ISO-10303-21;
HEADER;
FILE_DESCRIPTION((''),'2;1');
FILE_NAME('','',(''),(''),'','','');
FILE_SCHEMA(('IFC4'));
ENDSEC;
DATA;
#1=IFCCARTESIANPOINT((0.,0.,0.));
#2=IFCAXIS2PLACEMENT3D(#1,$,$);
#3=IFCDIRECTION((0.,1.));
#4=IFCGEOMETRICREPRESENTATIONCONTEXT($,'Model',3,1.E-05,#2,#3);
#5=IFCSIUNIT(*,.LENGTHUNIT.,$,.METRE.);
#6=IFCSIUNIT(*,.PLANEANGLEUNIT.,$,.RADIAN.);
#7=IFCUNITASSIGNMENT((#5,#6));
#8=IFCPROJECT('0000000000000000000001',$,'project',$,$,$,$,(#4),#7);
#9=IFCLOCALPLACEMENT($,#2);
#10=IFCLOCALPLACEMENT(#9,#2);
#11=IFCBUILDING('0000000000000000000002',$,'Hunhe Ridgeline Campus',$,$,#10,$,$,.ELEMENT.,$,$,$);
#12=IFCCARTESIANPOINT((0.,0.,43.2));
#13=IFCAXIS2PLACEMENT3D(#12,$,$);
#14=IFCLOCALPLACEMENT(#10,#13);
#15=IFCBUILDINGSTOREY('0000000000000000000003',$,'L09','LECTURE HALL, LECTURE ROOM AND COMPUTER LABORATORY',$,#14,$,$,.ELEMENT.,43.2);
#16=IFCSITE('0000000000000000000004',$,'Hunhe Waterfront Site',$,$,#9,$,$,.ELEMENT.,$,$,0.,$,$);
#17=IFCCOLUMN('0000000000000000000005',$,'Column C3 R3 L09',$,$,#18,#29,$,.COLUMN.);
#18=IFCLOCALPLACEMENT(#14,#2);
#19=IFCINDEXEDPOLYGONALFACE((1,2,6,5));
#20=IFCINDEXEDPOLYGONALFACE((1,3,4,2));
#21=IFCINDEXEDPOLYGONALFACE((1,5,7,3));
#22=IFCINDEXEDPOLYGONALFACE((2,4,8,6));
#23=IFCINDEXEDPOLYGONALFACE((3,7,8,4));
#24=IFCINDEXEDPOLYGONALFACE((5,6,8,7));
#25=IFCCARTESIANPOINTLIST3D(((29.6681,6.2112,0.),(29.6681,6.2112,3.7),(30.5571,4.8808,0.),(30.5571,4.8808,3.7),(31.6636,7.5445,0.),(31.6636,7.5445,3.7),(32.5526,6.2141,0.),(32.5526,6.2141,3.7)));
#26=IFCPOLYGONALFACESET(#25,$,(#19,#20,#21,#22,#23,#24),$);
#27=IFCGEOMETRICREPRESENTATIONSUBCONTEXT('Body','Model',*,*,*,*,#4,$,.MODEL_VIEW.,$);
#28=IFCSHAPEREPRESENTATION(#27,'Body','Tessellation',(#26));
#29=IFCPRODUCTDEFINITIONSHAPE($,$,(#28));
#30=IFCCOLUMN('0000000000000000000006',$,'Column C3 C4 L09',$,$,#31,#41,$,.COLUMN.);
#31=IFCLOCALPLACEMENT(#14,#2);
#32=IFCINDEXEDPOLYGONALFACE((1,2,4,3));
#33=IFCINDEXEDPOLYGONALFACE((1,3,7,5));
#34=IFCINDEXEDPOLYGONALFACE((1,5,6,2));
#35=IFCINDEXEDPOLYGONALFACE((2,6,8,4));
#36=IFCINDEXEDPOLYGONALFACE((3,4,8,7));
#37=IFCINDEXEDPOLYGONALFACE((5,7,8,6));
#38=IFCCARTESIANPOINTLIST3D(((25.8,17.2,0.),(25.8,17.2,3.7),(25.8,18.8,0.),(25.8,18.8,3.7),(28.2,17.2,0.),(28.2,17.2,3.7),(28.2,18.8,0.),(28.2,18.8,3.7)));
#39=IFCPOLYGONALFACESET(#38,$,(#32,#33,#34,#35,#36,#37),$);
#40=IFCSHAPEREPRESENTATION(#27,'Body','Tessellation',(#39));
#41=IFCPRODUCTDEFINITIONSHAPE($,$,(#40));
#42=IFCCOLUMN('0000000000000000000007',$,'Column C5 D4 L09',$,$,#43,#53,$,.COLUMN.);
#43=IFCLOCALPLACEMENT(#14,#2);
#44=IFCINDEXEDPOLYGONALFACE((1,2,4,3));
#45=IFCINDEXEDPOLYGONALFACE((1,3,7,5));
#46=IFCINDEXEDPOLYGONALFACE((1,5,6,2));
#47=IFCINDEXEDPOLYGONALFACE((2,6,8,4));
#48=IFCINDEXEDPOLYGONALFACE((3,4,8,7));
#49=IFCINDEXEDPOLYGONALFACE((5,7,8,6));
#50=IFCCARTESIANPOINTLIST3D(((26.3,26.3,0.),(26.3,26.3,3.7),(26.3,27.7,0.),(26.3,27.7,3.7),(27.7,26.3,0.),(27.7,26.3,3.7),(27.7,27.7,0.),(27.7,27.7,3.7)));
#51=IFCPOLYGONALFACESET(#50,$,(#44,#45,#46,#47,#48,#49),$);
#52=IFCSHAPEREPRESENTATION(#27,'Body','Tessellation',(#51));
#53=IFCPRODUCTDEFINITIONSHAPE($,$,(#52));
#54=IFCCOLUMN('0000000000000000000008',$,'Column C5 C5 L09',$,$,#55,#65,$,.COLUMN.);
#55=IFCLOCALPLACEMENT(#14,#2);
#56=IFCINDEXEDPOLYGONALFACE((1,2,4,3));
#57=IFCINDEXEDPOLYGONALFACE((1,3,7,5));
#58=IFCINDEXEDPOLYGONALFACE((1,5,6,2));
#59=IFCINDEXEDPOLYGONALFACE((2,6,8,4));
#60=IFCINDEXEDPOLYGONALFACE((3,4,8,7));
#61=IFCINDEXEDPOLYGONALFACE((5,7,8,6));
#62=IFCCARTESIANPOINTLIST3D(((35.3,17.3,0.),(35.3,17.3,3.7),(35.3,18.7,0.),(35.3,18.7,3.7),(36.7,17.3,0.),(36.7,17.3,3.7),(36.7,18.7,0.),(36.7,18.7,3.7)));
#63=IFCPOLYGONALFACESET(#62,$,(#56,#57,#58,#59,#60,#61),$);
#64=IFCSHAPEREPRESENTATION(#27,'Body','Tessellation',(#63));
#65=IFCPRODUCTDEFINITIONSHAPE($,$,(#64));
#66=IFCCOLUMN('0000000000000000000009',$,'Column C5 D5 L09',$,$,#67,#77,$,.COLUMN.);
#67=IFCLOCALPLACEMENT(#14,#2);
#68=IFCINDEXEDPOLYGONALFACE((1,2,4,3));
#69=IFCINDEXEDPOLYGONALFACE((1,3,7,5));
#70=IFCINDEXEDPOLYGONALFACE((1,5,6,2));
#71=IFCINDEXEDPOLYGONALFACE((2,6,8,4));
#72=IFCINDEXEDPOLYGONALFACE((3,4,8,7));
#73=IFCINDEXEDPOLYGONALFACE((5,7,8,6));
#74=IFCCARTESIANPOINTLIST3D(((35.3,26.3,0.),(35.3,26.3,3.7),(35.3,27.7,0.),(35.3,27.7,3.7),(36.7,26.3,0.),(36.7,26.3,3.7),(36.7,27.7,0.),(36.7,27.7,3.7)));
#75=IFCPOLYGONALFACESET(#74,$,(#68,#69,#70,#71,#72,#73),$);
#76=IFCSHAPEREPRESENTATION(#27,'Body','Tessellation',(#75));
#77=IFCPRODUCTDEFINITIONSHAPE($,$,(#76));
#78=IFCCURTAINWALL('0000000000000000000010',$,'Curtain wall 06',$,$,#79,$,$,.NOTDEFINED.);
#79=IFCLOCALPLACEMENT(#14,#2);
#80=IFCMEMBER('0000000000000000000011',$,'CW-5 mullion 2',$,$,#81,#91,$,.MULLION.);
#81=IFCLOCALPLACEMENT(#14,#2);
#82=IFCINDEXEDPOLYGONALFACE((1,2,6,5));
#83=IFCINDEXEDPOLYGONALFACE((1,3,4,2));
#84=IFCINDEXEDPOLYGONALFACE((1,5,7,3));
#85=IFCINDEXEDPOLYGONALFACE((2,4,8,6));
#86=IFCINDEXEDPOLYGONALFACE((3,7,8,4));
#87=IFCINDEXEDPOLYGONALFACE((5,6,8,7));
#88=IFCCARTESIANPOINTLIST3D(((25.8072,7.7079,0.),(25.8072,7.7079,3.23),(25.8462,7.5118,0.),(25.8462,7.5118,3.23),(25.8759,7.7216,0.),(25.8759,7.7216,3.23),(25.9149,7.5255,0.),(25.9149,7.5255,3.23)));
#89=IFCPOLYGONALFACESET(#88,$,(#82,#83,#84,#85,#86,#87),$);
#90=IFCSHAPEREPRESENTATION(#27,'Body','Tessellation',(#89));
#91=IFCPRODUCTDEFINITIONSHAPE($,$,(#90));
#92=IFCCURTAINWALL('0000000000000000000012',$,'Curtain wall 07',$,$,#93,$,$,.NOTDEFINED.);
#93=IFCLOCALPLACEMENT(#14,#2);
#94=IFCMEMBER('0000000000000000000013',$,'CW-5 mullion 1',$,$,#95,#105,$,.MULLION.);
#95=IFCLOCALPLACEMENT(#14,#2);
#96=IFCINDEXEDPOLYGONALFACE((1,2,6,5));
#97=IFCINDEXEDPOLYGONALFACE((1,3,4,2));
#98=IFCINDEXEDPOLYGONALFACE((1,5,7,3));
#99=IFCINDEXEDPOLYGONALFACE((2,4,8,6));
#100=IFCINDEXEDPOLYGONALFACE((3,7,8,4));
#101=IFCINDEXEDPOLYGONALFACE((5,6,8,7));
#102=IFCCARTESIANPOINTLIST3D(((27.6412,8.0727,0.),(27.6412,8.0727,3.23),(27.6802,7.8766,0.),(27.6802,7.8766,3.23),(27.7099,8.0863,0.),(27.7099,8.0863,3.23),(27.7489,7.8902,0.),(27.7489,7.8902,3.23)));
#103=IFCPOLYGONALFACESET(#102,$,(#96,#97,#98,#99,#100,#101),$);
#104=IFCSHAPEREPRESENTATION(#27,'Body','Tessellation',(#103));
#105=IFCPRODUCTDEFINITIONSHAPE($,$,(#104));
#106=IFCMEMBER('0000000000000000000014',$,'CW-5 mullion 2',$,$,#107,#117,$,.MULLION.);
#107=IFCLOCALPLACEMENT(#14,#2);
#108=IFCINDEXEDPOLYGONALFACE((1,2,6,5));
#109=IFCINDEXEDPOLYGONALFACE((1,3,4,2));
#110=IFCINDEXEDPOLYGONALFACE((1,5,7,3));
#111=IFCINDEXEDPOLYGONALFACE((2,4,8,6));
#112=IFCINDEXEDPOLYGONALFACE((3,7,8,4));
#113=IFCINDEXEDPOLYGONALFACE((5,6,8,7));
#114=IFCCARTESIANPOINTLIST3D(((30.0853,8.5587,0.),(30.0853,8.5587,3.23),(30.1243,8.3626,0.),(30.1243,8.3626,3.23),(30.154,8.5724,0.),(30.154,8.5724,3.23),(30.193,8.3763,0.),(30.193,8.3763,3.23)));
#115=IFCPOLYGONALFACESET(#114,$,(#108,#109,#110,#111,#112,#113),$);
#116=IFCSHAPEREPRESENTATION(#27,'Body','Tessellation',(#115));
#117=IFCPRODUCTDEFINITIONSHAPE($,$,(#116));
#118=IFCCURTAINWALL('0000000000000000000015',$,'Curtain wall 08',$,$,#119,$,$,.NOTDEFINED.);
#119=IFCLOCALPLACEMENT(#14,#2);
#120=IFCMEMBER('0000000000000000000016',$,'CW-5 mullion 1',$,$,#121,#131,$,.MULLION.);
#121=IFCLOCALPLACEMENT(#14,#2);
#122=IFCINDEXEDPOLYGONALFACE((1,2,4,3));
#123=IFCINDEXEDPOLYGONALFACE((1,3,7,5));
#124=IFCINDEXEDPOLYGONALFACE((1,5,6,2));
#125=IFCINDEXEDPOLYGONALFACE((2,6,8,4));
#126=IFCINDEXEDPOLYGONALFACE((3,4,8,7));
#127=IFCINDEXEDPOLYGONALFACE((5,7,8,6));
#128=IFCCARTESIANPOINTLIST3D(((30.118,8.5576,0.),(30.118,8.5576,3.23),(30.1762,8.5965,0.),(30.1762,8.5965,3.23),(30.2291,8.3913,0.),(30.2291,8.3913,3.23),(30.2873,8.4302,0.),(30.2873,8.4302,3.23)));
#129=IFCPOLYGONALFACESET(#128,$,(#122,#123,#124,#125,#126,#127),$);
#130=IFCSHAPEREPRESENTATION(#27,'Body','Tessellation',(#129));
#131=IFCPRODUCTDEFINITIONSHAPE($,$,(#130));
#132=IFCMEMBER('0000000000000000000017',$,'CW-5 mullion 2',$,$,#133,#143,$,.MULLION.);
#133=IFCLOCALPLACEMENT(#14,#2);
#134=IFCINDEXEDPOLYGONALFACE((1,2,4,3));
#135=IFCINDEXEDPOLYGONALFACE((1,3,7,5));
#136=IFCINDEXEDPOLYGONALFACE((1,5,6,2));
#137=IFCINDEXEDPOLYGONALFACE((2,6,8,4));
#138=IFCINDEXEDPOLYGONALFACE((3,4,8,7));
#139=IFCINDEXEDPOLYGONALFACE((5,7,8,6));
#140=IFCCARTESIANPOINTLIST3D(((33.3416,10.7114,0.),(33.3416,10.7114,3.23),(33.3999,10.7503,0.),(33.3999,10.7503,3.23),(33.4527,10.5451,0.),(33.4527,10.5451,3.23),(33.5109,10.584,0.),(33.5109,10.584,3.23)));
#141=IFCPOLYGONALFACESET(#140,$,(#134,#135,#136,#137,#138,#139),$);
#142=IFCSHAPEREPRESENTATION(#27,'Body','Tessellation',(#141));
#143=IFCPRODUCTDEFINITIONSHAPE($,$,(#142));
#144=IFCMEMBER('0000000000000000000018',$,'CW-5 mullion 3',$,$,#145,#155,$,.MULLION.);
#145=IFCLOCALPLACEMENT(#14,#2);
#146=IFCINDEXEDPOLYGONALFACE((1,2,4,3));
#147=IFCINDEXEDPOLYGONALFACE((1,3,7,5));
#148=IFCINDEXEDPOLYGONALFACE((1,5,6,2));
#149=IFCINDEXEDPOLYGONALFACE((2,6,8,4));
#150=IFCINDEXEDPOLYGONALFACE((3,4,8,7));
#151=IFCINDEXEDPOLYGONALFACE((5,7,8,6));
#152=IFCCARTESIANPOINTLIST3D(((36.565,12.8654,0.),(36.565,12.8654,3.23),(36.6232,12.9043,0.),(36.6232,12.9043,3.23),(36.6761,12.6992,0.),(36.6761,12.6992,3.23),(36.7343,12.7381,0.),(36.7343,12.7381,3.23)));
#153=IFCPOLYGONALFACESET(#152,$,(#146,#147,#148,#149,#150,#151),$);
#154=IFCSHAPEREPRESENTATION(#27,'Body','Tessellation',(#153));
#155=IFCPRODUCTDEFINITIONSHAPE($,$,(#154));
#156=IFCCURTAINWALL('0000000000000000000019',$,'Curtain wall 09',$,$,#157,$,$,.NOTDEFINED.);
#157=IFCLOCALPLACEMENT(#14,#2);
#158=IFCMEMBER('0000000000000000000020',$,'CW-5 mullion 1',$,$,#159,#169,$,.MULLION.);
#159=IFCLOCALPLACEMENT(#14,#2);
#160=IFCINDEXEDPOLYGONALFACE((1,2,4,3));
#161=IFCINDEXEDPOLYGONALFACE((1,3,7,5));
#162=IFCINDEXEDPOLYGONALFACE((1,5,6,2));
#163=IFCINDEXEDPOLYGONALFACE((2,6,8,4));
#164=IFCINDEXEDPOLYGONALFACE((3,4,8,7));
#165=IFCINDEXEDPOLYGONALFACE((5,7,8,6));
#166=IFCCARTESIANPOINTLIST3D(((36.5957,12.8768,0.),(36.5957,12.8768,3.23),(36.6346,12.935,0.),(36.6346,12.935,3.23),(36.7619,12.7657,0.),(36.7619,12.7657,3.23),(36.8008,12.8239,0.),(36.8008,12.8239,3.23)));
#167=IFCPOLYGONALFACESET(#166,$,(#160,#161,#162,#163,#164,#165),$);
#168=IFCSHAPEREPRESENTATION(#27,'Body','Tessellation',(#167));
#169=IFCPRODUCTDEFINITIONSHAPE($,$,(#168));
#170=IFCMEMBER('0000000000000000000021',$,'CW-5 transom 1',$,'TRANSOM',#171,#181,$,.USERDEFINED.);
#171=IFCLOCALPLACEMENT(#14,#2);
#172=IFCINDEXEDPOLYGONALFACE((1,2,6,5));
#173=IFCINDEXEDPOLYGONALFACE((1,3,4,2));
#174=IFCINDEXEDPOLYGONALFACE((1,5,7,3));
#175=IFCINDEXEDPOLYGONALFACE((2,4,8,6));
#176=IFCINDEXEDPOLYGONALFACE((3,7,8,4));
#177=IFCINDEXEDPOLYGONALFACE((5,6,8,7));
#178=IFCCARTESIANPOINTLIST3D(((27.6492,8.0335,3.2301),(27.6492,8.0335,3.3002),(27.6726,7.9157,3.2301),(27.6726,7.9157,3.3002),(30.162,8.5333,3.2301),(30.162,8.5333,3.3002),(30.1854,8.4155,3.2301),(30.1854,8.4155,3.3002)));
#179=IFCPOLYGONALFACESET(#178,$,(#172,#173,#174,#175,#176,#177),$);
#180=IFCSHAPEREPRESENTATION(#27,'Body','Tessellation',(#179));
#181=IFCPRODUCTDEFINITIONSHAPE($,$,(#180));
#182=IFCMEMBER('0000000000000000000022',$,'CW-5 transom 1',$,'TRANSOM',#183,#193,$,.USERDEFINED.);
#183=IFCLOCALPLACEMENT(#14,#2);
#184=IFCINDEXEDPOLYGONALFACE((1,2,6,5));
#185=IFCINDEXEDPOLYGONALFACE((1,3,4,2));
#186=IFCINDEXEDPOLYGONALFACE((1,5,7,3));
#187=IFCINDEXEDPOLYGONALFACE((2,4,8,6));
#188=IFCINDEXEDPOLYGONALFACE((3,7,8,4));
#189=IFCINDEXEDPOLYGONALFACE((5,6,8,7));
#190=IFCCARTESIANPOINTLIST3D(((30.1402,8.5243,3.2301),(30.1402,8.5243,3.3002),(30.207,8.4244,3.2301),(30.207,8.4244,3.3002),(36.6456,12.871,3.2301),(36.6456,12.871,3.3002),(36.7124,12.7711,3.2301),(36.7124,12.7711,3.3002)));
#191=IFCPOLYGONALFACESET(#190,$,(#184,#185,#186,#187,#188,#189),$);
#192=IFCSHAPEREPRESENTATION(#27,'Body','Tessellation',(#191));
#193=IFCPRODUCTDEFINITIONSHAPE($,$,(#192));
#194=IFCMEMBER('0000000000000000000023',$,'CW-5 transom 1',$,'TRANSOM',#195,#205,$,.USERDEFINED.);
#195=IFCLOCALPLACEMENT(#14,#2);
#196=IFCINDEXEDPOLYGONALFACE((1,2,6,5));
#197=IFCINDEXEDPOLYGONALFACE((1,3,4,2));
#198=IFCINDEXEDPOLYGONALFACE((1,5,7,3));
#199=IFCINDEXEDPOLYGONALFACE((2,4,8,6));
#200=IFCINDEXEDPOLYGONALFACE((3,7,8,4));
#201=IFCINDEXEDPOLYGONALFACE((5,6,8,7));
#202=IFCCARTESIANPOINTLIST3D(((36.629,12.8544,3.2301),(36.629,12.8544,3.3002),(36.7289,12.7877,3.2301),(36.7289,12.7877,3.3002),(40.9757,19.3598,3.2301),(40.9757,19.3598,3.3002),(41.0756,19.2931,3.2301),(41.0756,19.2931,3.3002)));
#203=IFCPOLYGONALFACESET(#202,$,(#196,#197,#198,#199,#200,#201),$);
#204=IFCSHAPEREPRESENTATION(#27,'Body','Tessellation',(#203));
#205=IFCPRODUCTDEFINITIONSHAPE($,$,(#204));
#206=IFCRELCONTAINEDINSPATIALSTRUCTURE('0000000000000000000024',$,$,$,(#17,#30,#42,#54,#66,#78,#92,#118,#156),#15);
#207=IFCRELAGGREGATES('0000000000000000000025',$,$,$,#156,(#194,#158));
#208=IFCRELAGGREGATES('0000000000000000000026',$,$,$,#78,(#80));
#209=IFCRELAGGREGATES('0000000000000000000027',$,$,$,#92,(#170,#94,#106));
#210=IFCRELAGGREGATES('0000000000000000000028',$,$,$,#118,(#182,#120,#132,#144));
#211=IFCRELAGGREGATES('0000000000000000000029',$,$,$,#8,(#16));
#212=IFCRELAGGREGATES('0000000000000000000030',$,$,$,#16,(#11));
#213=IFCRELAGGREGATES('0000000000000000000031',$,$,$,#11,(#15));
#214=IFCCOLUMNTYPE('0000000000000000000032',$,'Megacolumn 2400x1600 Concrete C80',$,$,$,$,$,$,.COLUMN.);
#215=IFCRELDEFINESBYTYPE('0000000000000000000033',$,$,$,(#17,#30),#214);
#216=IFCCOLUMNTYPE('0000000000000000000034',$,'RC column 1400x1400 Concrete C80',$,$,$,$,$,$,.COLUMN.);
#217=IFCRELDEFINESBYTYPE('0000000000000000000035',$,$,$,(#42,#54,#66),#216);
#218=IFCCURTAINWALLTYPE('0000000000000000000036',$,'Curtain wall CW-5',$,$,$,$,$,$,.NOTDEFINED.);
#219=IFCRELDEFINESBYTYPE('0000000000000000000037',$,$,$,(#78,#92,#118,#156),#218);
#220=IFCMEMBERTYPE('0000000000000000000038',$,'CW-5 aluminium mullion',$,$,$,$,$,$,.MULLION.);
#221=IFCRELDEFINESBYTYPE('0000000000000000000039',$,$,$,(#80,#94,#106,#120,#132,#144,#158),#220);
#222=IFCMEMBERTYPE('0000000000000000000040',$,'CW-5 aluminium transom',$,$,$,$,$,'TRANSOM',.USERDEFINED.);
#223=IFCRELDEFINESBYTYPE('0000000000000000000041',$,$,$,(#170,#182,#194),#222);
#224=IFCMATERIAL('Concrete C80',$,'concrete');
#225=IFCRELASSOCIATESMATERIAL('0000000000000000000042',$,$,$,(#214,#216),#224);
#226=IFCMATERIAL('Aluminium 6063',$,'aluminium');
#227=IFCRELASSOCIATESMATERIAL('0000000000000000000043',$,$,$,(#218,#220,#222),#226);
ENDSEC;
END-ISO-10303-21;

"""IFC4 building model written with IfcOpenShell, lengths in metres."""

from ifc_helpers import new_model, si_unit, direction, frame, origin, origin_2d, place, context, subcontext, project, spatial, rectangle, extrude, material, material_profile, profile_set, type_object, element, aggregate, save


model = new_model("IFC4")

# Units and contexts
model_context = context("Model", 3, precision=1e-05, world=origin(), true_north=direction((0.0, 1.0)))
body_context = subcontext(model_context, "Body", "Model", "MODEL_VIEW")
ifc_project = project(units=[si_unit("LENGTHUNIT", "METRE"), si_unit("PLANEANGLEUNIT", "RADIAN")], contexts=[model_context])

# Site, building, storey
site_placement = place(None, origin())
site = spatial("IfcSite", under=ifc_project, at=site_placement, Name="Hunhe Waterfront Site", CompositionType="ELEMENT", RefElevation=0.0)
building_placement = place(site_placement, origin())
building = spatial("IfcBuilding", under=site, at=building_placement, Name="Hunhe Ridgeline Campus", CompositionType="ELEMENT")
storey_placement = place(building_placement, frame((0.0, 0.0, 43.2)))
storey = spatial("IfcBuildingStorey", under=building, at=storey_placement, Name="L09", Description="LECTURE HALL, LECTURE ROOM AND COMPUTER LABORATORY", CompositionType="ELEMENT", Elevation=43.2)

# Columns
ifc_material_1 = material(Name="Concrete C80", Category="concrete")
ifc_material_profile_1 = material_profile(ifc_material_1, rectangle(XDim=2.3999, YDim=1.6001, at=origin_2d()))
ifc_profile_set_1 = profile_set([ifc_material_profile_1], Name="Concrete C80")
column_type_1 = type_object("IfcColumnType", Name="Megacolumn 2400x1600 Concrete C80", PredefinedType="COLUMN", material=ifc_profile_set_1)
for number, where, z_axis, x_axis, name in (
    (1, (31.1104, 6.2126, 0.0), (0.0, 0.0, 1.0), (0.83147, 0.55557, 0.0), "Column C3 R3 L09"),
    (2, (27.0, 18.0, 0.0), (0.0, 0.0, 1.0), (1.0, 0.0, 0.0), "Column C3 C4 L09"),
):
    element("IfcColumn", number, at=place(storey_placement, frame(where, z_axis=z_axis, x_axis=x_axis)), inside=storey, type_object=column_type_1, Name=name, PredefinedType="COLUMN", context=body_context, shape_type="SweptSolid", body=[
        extrude(rectangle(XDim=2.3999, YDim=1.6001, at=origin_2d()), origin(), (0.0, 0.0, 1.0), 3.7),
    ])
ifc_material_profile_2 = material_profile(ifc_material_1, rectangle(XDim=1.3999, YDim=1.3999, at=origin_2d()))
ifc_profile_set_2 = profile_set([ifc_material_profile_2], Name="Concrete C80")
column_type_2 = type_object("IfcColumnType", Name="RC column 1400x1400 Concrete C80", PredefinedType="COLUMN", material=ifc_profile_set_2)
for number, where, z_axis, x_axis, name in (
    (3, (27.0, 27.0, 0.0), (0.0, 0.0, 1.0), (1.0, 0.0, 0.0), "Column C5 D4 L09"),
    (4, (36.0, 18.0, 0.0), (0.0, 0.0, 1.0), (1.0, 0.0, 0.0), "Column C5 C5 L09"),
    (5, (36.0, 27.0, 0.0), (0.0, 0.0, 1.0), (1.0, 0.0, 0.0), "Column C5 D5 L09"),
):
    element("IfcColumn", number, at=place(storey_placement, frame(where, z_axis=z_axis, x_axis=x_axis)), inside=storey, type_object=column_type_2, Name=name, PredefinedType="COLUMN", context=body_context, shape_type="SweptSolid", body=[
        extrude(rectangle(XDim=1.3999, YDim=1.3999, at=origin_2d()), origin(), (0.0, 0.0, 1.0), 3.7),
    ])

# Curtain wall, member
ifc_material_2 = material(Name="Aluminium 6063", Category="aluminium")
curtain_wall_type = type_object("IfcCurtainWallType", Name="Curtain wall CW-5", PredefinedType="NOTDEFINED", material=ifc_material_2)
curtain_wall_1_placement = place(storey_placement, origin())
curtain_wall_1 = element("IfcCurtainWall", 6, at=curtain_wall_1_placement, inside=storey, type_object=curtain_wall_type, Name="Curtain wall 06", PredefinedType="NOTDEFINED")
ifc_material_profile_3 = material_profile(ifc_material_2, rectangle(XDim=0.2, YDim=0.0701, at=origin_2d()))
ifc_profile_set_3 = profile_set([ifc_material_profile_3], Name="Aluminium 6063")
member_type_1 = type_object("IfcMemberType", Name="CW-5 aluminium mullion", PredefinedType="MULLION", material=ifc_profile_set_3)
member_1_placement = place(storey_placement, frame((25.8611, 7.6167, 0.0), z_axis=(0.0, 0.0, 1.0), x_axis=(-0.19509, 0.980785, 0.0)))
member_1 = element("IfcMember", 7, at=member_1_placement, type_object=member_type_1, Name="CW-5 mullion 2", PredefinedType="MULLION", context=body_context, shape_type="SweptSolid", body=[
    extrude(rectangle(XDim=0.2, YDim=0.0701, at=origin_2d()), origin(), (0.0, 0.0, 1.0), 3.23),
])

# Curtain walls, members
curtain_wall_2_placement = place(storey_placement, origin())
curtain_wall_2 = element("IfcCurtainWall", 8, at=curtain_wall_2_placement, inside=storey, type_object=curtain_wall_type, Name="Curtain wall 07", PredefinedType="NOTDEFINED")
member_2_placement = place(storey_placement, frame((27.6951, 7.9814, 0.0), z_axis=(0.0, 0.0, 1.0), x_axis=(-0.195091, 0.980785, 0.0)))
member_2 = element("IfcMember", 9, at=member_2_placement, type_object=member_type_1, Name="CW-5 mullion 1", PredefinedType="MULLION", context=body_context, shape_type="SweptSolid", body=[
    extrude(rectangle(XDim=0.2, YDim=0.0701, at=origin_2d()), origin(), (0.0, 0.0, 1.0), 3.23),
])
member_3_placement = place(storey_placement, frame((30.1392, 8.4675, 0.0), z_axis=(0.0, 0.0, 1.0), x_axis=(-0.195091, 0.980785, 0.0)))
member_3 = element("IfcMember", 10, at=member_3_placement, type_object=member_type_1, Name="CW-5 mullion 2", PredefinedType="MULLION", context=body_context, shape_type="SweptSolid", body=[
    extrude(rectangle(XDim=0.2, YDim=0.0701, at=origin_2d()), origin(), (0.0, 0.0, 1.0), 3.23),
])
curtain_wall_3_placement = place(storey_placement, origin())
curtain_wall_3 = element("IfcCurtainWall", 11, at=curtain_wall_3_placement, inside=storey, type_object=curtain_wall_type, Name="Curtain wall 08", PredefinedType="NOTDEFINED")
member_4_placement = place(storey_placement, frame((30.2026, 8.4939, 0.0), z_axis=(0.0, 0.0, 1.0), x_axis=(-0.55557, 0.83147, 0.0)))
member_4 = element("IfcMember", 12, at=member_4_placement, type_object=member_type_1, Name="CW-5 mullion 1", PredefinedType="MULLION", context=body_context, shape_type="SweptSolid", body=[
    extrude(rectangle(XDim=0.2, YDim=0.0701, at=origin_2d()), origin(), (0.0, 0.0, 1.0), 3.23),
])
member_5_placement = place(storey_placement, frame((33.4263, 10.6477, 0.0), z_axis=(0.0, 0.0, 1.0), x_axis=(-0.55557, 0.83147, 0.0)))
member_5 = element("IfcMember", 13, at=member_5_placement, type_object=member_type_1, Name="CW-5 mullion 2", PredefinedType="MULLION", context=body_context, shape_type="SweptSolid", body=[
    extrude(rectangle(XDim=0.2, YDim=0.0701, at=origin_2d()), origin(), (0.0, 0.0, 1.0), 3.23),
])
member_6_placement = place(storey_placement, frame((36.6497, 12.8018, 0.0), z_axis=(0.0, 0.0, 1.0), x_axis=(-0.55557, 0.83147, 0.0)))
member_6 = element("IfcMember", 14, at=member_6_placement, type_object=member_type_1, Name="CW-5 mullion 3", PredefinedType="MULLION", context=body_context, shape_type="SweptSolid", body=[
    extrude(rectangle(XDim=0.2, YDim=0.0701, at=origin_2d()), origin(), (0.0, 0.0, 1.0), 3.23),
])

# Curtain wall, member
curtain_wall_4_placement = place(storey_placement, origin())
curtain_wall_4 = element("IfcCurtainWall", 15, at=curtain_wall_4_placement, inside=storey, type_object=curtain_wall_type, Name="Curtain wall 09", PredefinedType="NOTDEFINED")
member_7_placement = place(storey_placement, frame((36.6982, 12.8503, 0.0), z_axis=(0.0, 0.0, 1.0), x_axis=(-0.83147, 0.55557, 0.0)))
member_7 = element("IfcMember", 16, at=member_7_placement, type_object=member_type_1, Name="CW-5 mullion 1", PredefinedType="MULLION", context=body_context, shape_type="SweptSolid", body=[
    extrude(rectangle(XDim=0.2, YDim=0.0701, at=origin_2d()), origin(), (0.0, 0.0, 1.0), 3.23),
])

# Members
ifc_material_profile_4 = material_profile(ifc_material_2, rectangle(XDim=0.1201, YDim=0.0701, at=origin_2d()))
ifc_profile_set_4 = profile_set([ifc_material_profile_4], Name="Aluminium 6063")
member_type_2 = type_object("IfcMemberType", Name="CW-5 aluminium transom", ElementType="TRANSOM", PredefinedType="USERDEFINED", material=ifc_profile_set_4)
member_8_placement = place(storey_placement, frame((27.6609, 7.9746, 3.2651), z_axis=(0.980789, 0.195071, 0.0), x_axis=(-0.195071, 0.980789, 0.0)))
member_8 = element("IfcMember", 17, at=member_8_placement, type_object=member_type_2, Name="CW-5 transom 1", ObjectType="TRANSOM", PredefinedType="USERDEFINED", context=body_context, shape_type="SweptSolid", body=[
    extrude(rectangle(XDim=0.1201, YDim=0.0701, at=origin_2d()), origin(), (0.0, 0.0, 1.0), 2.562),
])
member_9_placement = place(storey_placement, frame((30.1736, 8.4744, 3.2651), z_axis=(0.831474, 0.555564, 0.0), x_axis=(-0.555564, 0.831474, 0.0)))
member_9 = element("IfcMember", 18, at=member_9_placement, type_object=member_type_2, Name="CW-5 transom 1", ObjectType="TRANSOM", PredefinedType="USERDEFINED", context=body_context, shape_type="SweptSolid", body=[
    extrude(rectangle(XDim=0.1201, YDim=0.0701, at=origin_2d()), origin(), (0.0, 0.0, 1.0), 7.824),
])
member_10_placement = place(storey_placement, frame((36.679, 12.821, 3.2651), z_axis=(0.555564, 0.831474, 0.0), x_axis=(-0.831474, 0.555564, 0.0)))
member_10 = element("IfcMember", 19, at=member_10_placement, type_object=member_type_2, Name="CW-5 transom 1", ObjectType="TRANSOM", PredefinedType="USERDEFINED", context=body_context, shape_type="SweptSolid", body=[
    extrude(rectangle(XDim=0.1201, YDim=0.0701, at=origin_2d()), origin(), (0.0, 0.0, 1.0), 7.824),
])
aggregate(curtain_wall_4, [member_10, member_7])

aggregate(curtain_wall_1, [member_1])
aggregate(curtain_wall_2, [member_8, member_2, member_3])
aggregate(curtain_wall_3, [member_9, member_4, member_5, member_6])

save(model, "model.ifc")
